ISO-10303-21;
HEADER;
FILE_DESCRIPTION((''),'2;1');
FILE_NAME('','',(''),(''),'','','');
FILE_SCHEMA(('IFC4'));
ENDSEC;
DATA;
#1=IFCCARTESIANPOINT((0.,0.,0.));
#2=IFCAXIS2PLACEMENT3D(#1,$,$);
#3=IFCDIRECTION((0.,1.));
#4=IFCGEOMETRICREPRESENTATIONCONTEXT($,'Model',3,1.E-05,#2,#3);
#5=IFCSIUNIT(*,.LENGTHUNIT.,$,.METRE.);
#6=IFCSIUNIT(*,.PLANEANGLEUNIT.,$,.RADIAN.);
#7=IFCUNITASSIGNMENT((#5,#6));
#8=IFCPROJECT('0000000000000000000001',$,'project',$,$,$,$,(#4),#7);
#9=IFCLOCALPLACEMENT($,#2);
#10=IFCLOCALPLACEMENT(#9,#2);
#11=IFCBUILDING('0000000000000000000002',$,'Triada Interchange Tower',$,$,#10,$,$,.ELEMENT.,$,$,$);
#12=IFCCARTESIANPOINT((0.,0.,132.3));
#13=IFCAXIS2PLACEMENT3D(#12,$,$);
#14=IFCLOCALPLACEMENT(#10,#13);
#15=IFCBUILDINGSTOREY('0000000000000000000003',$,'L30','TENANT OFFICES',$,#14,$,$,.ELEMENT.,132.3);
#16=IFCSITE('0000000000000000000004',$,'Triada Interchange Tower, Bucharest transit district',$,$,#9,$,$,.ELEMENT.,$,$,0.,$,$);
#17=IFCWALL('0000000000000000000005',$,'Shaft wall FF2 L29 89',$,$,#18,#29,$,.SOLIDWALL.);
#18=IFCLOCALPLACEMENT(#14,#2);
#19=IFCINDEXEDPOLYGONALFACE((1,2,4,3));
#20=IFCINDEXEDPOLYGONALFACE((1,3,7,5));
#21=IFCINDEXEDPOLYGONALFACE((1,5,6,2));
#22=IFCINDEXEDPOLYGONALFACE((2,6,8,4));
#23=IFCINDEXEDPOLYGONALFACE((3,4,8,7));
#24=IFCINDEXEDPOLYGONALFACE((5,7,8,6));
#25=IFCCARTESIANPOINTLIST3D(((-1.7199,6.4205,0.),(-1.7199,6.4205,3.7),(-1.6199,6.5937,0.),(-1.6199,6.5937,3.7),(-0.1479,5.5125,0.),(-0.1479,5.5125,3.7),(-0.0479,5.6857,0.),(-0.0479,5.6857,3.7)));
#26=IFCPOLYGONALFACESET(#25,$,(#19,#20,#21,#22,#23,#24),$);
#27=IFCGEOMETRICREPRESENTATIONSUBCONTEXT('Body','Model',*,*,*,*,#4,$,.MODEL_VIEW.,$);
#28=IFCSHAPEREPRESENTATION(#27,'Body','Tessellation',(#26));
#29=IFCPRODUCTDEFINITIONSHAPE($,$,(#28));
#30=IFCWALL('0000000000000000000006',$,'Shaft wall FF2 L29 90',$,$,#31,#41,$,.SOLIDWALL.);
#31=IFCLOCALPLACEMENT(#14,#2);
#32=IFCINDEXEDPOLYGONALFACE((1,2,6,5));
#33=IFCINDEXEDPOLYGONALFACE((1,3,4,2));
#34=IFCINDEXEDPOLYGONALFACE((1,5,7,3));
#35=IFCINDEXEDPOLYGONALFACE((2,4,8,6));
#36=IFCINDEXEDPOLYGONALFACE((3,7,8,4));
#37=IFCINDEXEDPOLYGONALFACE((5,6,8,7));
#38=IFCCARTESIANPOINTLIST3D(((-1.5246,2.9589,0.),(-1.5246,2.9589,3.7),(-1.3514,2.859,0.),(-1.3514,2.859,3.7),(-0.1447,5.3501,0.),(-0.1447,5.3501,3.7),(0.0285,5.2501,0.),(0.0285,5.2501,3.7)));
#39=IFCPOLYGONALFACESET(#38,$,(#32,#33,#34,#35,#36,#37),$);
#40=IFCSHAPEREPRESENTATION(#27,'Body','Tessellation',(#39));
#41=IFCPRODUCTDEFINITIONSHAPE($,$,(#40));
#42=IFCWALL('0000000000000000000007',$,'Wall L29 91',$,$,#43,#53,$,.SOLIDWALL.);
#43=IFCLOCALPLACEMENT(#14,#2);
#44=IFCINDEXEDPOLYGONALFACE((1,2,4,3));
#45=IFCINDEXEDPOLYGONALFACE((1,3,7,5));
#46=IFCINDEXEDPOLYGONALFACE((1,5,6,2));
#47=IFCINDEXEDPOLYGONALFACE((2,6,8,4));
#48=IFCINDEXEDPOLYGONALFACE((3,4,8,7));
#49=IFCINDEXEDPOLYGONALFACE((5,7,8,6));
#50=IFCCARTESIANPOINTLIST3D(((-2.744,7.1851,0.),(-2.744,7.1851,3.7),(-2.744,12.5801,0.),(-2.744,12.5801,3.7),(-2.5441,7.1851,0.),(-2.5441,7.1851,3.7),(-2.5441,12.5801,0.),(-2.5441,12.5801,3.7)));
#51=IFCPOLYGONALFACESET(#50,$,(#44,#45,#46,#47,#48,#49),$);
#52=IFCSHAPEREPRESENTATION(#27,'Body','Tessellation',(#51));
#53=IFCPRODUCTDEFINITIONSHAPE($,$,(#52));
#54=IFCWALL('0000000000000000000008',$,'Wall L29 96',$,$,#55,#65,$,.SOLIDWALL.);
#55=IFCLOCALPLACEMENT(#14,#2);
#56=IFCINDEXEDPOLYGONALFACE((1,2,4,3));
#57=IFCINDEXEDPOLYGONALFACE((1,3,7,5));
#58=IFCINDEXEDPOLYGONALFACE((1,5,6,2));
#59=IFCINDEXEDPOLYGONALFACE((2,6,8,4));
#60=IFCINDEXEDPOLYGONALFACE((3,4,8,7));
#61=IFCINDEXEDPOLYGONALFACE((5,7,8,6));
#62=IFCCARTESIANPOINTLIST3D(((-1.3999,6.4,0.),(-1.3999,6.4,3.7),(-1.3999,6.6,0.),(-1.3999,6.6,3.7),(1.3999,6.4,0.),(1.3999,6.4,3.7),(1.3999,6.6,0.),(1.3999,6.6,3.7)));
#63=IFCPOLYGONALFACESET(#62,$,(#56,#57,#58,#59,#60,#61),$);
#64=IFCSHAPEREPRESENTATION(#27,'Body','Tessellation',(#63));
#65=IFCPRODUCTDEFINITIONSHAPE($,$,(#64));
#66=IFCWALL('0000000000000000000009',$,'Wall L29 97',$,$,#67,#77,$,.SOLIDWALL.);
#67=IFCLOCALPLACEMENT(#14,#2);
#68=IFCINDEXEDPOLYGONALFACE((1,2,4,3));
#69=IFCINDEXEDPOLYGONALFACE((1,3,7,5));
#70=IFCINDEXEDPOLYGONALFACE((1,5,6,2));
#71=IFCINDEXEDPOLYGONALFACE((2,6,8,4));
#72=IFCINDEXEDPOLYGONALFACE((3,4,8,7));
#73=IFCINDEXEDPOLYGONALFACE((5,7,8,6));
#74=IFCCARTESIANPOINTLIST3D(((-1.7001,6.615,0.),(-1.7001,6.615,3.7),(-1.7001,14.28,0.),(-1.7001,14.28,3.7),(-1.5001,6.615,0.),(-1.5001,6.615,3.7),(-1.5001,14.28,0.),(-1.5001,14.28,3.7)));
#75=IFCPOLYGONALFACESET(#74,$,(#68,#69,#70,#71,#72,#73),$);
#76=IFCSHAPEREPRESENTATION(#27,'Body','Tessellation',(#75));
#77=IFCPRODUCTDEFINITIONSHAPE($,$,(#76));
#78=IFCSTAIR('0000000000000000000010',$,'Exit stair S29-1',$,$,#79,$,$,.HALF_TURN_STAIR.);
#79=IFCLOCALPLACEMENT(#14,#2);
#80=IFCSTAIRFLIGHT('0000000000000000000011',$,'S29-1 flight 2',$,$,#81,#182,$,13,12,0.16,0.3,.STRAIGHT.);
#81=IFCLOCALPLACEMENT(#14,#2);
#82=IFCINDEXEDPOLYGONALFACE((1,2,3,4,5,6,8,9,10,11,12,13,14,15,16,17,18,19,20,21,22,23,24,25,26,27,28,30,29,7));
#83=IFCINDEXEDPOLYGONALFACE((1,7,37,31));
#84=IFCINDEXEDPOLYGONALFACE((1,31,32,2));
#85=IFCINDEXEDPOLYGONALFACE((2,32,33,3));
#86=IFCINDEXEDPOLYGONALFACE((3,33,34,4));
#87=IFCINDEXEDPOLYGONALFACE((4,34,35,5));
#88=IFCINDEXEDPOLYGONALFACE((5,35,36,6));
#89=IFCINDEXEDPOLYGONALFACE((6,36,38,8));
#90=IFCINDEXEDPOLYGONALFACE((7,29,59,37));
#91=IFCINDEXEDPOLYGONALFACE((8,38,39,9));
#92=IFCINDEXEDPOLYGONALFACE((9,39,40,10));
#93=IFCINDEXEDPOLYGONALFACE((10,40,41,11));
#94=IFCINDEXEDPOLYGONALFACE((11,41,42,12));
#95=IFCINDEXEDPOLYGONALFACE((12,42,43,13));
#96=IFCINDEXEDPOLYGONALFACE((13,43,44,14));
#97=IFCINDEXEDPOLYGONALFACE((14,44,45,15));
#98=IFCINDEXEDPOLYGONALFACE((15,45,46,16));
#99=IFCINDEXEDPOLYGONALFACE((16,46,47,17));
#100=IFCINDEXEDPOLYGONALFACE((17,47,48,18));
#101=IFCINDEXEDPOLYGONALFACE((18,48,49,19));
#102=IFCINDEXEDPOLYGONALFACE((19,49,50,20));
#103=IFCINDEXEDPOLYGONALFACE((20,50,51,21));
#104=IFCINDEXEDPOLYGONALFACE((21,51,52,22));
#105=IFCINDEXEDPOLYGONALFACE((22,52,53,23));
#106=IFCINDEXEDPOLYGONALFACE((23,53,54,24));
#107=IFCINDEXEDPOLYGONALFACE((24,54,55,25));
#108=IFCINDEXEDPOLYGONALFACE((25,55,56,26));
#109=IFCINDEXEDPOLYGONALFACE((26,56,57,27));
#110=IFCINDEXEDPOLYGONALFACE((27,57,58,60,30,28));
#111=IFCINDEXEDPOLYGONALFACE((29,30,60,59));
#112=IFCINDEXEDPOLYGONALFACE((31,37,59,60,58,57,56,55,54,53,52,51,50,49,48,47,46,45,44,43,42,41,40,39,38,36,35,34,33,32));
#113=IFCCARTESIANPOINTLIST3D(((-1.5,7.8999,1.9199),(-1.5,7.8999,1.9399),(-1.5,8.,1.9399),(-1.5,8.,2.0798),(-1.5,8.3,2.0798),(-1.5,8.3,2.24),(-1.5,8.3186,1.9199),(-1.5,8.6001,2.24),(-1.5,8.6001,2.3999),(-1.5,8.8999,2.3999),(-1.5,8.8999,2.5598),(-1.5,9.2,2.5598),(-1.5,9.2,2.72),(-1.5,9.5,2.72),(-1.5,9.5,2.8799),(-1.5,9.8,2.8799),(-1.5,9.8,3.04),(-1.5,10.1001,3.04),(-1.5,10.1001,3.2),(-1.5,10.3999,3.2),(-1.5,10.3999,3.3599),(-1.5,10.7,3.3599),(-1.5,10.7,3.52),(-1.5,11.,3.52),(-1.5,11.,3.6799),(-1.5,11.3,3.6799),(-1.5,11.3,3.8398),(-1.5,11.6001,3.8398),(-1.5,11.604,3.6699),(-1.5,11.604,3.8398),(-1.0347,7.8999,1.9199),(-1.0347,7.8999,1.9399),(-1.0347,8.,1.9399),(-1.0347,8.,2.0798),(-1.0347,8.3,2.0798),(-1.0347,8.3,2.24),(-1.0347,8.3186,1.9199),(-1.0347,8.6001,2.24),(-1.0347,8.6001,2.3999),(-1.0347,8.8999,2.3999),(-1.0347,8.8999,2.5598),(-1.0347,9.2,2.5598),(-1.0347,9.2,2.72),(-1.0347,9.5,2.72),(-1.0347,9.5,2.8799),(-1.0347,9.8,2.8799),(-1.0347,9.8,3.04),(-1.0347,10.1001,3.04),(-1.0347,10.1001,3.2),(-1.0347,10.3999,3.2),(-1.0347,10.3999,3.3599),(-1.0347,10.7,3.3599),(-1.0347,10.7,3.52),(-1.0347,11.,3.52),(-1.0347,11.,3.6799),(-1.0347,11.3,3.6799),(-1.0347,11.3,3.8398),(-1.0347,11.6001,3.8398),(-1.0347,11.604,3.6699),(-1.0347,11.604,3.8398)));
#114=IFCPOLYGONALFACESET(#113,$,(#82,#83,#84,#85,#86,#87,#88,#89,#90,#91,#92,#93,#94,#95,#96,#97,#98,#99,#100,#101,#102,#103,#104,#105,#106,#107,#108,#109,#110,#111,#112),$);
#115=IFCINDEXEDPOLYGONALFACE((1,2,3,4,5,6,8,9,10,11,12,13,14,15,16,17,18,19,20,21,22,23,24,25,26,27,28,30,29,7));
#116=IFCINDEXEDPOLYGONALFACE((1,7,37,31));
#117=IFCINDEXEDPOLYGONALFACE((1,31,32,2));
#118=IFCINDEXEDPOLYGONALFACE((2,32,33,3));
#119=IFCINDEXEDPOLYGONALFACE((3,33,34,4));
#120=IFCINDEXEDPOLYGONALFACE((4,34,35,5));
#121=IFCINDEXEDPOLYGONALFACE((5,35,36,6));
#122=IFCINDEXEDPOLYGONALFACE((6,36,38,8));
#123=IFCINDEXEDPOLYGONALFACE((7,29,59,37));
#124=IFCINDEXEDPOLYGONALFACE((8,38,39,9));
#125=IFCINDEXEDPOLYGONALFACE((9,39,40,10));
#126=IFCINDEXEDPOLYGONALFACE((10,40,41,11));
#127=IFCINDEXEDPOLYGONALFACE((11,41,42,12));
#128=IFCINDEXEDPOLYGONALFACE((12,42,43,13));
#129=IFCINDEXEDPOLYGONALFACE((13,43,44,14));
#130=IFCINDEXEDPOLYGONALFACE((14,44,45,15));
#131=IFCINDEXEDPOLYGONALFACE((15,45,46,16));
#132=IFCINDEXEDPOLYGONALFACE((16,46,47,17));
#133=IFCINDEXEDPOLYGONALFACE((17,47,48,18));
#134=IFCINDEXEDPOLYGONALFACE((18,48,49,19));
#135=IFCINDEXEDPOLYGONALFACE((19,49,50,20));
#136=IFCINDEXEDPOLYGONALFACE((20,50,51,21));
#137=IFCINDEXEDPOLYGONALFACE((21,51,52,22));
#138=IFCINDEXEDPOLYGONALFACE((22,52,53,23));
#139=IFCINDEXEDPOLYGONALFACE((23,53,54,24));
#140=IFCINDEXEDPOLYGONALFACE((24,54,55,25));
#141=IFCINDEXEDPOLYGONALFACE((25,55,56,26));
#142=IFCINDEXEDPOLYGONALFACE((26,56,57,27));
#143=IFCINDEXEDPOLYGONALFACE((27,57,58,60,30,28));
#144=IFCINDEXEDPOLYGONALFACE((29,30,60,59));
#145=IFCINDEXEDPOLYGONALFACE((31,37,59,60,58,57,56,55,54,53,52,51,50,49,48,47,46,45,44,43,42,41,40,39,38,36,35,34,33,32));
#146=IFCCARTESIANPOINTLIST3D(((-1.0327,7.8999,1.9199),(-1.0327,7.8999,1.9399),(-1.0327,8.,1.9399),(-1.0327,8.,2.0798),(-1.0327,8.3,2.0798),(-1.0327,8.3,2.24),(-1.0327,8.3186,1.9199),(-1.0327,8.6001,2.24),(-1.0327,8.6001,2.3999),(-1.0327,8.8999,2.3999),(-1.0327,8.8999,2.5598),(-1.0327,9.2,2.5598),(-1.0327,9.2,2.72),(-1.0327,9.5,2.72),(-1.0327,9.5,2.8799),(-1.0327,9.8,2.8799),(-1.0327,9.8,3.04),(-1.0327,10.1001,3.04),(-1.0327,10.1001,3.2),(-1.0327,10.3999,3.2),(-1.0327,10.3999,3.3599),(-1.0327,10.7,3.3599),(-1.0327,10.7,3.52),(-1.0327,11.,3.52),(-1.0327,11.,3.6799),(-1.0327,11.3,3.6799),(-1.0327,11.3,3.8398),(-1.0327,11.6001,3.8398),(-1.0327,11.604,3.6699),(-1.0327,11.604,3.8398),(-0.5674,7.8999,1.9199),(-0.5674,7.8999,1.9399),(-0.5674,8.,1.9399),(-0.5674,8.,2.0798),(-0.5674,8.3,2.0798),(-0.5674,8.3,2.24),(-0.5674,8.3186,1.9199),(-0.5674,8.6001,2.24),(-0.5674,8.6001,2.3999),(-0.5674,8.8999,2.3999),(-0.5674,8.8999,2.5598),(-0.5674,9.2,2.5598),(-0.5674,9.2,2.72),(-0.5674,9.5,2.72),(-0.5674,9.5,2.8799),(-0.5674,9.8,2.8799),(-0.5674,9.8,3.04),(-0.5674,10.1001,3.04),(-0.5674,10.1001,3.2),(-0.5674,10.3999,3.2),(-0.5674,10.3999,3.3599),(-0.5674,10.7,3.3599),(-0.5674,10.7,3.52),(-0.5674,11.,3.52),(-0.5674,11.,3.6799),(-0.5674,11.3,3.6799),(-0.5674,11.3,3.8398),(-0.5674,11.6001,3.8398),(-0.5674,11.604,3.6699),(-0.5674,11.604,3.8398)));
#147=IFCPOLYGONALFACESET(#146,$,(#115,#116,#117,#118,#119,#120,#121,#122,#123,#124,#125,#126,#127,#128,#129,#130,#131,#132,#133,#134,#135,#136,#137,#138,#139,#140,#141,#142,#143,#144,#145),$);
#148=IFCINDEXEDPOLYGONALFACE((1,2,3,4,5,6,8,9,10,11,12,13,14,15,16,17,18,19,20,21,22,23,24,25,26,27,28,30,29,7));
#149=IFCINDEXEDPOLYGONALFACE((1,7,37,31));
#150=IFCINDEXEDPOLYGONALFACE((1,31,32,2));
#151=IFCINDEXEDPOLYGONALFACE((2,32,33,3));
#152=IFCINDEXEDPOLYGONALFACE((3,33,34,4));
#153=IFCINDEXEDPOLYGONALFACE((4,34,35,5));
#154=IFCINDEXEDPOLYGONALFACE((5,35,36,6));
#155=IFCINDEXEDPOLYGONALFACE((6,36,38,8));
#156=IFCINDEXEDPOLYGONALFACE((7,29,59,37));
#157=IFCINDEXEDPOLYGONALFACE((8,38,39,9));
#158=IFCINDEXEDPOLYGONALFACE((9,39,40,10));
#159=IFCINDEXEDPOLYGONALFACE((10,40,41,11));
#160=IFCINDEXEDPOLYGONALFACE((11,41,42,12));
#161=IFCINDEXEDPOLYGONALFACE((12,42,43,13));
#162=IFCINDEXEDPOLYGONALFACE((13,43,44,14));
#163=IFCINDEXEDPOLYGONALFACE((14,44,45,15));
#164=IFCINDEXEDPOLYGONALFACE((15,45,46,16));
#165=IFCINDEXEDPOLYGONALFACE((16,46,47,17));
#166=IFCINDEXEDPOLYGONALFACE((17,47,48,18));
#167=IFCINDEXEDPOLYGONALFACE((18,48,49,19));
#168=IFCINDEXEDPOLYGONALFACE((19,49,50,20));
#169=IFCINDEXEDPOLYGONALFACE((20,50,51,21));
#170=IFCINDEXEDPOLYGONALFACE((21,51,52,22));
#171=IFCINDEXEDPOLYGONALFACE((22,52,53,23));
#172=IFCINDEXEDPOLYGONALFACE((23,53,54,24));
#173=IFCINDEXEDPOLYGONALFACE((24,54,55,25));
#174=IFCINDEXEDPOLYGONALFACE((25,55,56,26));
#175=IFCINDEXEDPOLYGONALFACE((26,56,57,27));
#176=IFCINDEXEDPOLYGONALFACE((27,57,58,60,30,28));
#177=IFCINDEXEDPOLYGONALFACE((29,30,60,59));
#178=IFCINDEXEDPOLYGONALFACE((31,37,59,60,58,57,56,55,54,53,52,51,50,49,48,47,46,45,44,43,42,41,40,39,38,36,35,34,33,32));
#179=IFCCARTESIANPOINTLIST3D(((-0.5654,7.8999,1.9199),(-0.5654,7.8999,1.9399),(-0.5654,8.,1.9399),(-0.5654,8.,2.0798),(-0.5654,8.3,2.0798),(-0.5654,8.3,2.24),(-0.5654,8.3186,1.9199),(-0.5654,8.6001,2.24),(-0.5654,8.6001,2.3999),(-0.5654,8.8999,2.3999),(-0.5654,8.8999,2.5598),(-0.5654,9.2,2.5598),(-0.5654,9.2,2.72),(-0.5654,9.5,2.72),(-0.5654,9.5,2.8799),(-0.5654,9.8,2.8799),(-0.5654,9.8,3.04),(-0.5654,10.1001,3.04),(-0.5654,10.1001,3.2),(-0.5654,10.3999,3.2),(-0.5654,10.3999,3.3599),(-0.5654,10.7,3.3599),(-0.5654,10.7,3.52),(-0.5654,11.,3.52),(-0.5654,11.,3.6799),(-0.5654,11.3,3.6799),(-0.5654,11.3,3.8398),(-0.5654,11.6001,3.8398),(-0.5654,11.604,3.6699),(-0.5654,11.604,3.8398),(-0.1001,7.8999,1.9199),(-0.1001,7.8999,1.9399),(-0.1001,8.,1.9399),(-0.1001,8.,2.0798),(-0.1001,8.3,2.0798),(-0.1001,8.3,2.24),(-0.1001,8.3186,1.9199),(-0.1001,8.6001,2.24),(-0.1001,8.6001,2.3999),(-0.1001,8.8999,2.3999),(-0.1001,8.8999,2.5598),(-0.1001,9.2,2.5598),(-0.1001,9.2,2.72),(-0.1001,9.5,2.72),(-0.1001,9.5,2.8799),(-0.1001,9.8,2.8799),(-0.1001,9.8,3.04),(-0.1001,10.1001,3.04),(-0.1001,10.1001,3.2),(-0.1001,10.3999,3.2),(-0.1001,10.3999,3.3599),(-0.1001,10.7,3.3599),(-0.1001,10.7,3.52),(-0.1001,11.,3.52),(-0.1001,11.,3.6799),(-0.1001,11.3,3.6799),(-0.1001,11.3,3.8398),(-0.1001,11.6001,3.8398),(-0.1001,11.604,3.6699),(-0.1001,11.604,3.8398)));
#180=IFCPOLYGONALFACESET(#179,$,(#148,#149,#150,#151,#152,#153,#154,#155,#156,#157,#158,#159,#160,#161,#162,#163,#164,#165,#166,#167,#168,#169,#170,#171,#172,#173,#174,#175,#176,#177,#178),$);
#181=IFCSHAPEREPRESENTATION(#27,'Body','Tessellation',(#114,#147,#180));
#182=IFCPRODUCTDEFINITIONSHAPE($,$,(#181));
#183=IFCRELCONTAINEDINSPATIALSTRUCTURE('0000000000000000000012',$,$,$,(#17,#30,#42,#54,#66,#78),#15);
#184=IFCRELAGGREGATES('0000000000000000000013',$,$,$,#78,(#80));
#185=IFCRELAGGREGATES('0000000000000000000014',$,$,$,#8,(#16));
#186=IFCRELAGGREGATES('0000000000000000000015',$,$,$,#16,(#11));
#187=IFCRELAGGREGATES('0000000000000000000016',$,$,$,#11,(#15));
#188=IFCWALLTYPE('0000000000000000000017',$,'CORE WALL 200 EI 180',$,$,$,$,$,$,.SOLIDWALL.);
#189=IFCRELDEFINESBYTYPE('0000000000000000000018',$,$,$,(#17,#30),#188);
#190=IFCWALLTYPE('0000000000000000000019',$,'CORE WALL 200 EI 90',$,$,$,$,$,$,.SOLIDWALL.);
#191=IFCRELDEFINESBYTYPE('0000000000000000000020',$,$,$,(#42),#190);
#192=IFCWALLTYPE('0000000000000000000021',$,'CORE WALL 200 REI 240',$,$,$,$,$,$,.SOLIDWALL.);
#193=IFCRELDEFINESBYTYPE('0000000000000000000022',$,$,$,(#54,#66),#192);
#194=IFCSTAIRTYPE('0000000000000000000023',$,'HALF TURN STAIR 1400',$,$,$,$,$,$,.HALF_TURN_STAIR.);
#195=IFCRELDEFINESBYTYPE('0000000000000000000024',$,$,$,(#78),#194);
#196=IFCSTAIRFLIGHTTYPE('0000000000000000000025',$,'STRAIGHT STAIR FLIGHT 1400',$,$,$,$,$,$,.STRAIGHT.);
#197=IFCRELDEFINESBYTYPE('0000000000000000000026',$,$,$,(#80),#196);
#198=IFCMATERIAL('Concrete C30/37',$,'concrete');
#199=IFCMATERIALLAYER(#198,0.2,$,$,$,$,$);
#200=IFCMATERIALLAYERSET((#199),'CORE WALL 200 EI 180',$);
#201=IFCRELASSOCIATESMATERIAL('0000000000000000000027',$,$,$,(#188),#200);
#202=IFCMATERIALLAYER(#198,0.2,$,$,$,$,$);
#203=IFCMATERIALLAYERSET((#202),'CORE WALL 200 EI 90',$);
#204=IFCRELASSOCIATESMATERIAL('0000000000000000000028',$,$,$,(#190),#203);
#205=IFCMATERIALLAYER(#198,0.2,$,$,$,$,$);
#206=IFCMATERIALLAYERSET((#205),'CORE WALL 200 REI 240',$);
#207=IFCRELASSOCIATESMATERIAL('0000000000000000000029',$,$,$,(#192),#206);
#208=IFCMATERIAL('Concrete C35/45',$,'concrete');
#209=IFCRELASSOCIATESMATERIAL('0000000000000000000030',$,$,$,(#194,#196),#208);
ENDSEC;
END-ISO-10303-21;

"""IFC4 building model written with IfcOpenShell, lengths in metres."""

from ifc_helpers import new_model, si_unit, direction, frame, frame_2d, origin, place, context, subcontext, project, spatial, polyline, rectangle, outline, extrude, material, layer, layer_set, type_object, element, aggregate, save


model = new_model("IFC4")

# Units and contexts
model_context = context("Model", 3, precision=1e-05, world=origin(), true_north=direction((0.0, 1.0)))
body_context = subcontext(model_context, "Body", "Model", "MODEL_VIEW")
ifc_project = project(units=[si_unit("LENGTHUNIT", "METRE"), si_unit("PLANEANGLEUNIT", "RADIAN")], contexts=[model_context])

# Site, building, storey
site_placement = place(None, origin())
site = spatial("IfcSite", under=ifc_project, at=site_placement, Name="Triada Interchange Tower, Bucharest transit district", CompositionType="ELEMENT", RefElevation=0.0)
building_placement = place(site_placement, origin())
building = spatial("IfcBuilding", under=site, at=building_placement, Name="Triada Interchange Tower", CompositionType="ELEMENT")
storey_placement = place(building_placement, frame((0.0, 0.0, 132.3)))
storey = spatial("IfcBuildingStorey", under=building, at=storey_placement, Name="L30", Description="TENANT OFFICES", CompositionType="ELEMENT", Elevation=132.3)

# Shared definitions
ifc_material_1 = material(Name="Concrete C30/37", Category="concrete")
ifc_layer_1 = layer(ifc_material_1, 0.2)
ifc_layer_set_1 = layer_set([ifc_layer_1], Name="CORE WALL 200 EI 180")
wall_type_1 = type_object("IfcWallType", Name="CORE WALL 200 EI 180", PredefinedType="SOLIDWALL", material=ifc_layer_set_1)

# Walls
wall_1_placement = place(storey_placement, frame((-1.6699, 6.5071, 0.0), z_axis=(0.0, 0.0, 1.0), x_axis=(0.865941, -0.500145, 0.0)))
element("IfcWall", 1, at=wall_1_placement, inside=storey, type_object=wall_type_1, Name="Shaft wall FF2 L29 89", PredefinedType="SOLIDWALL", context=body_context, shape_type="SweptSolid", body=[
    extrude(rectangle(XDim=1.8154, YDim=0.2, at=frame_2d((0.9077, 0.0))), origin(), (0.0, 0.0, 1.0), 3.7),
])
wall_2_placement = place(storey_placement, frame((-1.438, 2.9089, 0.0), z_axis=(0.0, 0.0, 1.0), x_axis=(0.49983, 0.866124, 0.0)))
element("IfcWall", 2, at=wall_2_placement, inside=storey, type_object=wall_type_1, Name="Shaft wall FF2 L29 90", PredefinedType="SOLIDWALL", context=body_context, shape_type="SweptSolid", body=[
    extrude(rectangle(XDim=2.7607, YDim=0.2, at=frame_2d((1.3804, 0.0))), origin(), (0.0, 0.0, 1.0), 3.7),
])
ifc_layer_2 = layer(ifc_material_1, 0.2)
ifc_layer_set_2 = layer_set([ifc_layer_2], Name="CORE WALL 200 EI 90")
wall_type_2 = type_object("IfcWallType", Name="CORE WALL 200 EI 90", PredefinedType="SOLIDWALL", material=ifc_layer_set_2)
wall_3_placement = place(storey_placement, frame((-2.644, 7.1851, 0.0), z_axis=(0.0, 0.0, 1.0), x_axis=(0.0, 1.0, 0.0)))
element("IfcWall", 3, at=wall_3_placement, inside=storey, type_object=wall_type_2, Name="Wall L29 91", PredefinedType="SOLIDWALL", context=body_context, shape_type="SweptSolid", body=[
    extrude(rectangle(XDim=5.395, YDim=0.2, at=frame_2d((2.6975, 0.0))), origin(), (0.0, 0.0, 1.0), 3.7),
])
ifc_layer_3 = layer(ifc_material_1, 0.2)
ifc_layer_set_3 = layer_set([ifc_layer_3], Name="CORE WALL 200 REI 240")
wall_type_3 = type_object("IfcWallType", Name="CORE WALL 200 REI 240", PredefinedType="SOLIDWALL", material=ifc_layer_set_3)
wall_4_placement = place(storey_placement, frame((-1.3999, 6.5, 0.0), z_axis=(0.0, 0.0, 1.0), x_axis=(1.0, 0.0, 0.0)))
element("IfcWall", 4, at=wall_4_placement, inside=storey, type_object=wall_type_3, Name="Wall L29 96", PredefinedType="SOLIDWALL", context=body_context, shape_type="SweptSolid", body=[
    extrude(rectangle(XDim=2.7998, YDim=0.2, at=frame_2d((1.3999, 0.0))), origin(), (0.0, 0.0, 1.0), 3.7),
])
wall_5_placement = place(storey_placement, frame((-1.6001, 6.615, 0.0), z_axis=(0.0, 0.0, 1.0), x_axis=(0.0, 1.0, 0.0)))
element("IfcWall", 5, at=wall_5_placement, inside=storey, type_object=wall_type_3, Name="Wall L29 97", PredefinedType="SOLIDWALL", context=body_context, shape_type="SweptSolid", body=[
    extrude(rectangle(XDim=7.665, YDim=0.2, at=frame_2d((3.8325, 0.0))), origin(), (0.0, 0.0, 1.0), 3.7),
])

# Stair, stair flight
ifc_material_2 = material(Name="Concrete C35/45", Category="concrete")
stair_type = type_object("IfcStairType", Name="HALF TURN STAIR 1400", PredefinedType="HALF_TURN_STAIR", material=ifc_material_2)
stair_placement = place(storey_placement, origin())
stair = element("IfcStair", 6, at=stair_placement, inside=storey, type_object=stair_type, Name="Exit stair S29-1", PredefinedType="HALF_TURN_STAIR")
stair_flight_type = type_object("IfcStairFlightType", Name="STRAIGHT STAIR FLIGHT 1400", PredefinedType="STRAIGHT", material=ifc_material_2)
stair_flight_placement = place(storey_placement, frame((-0.8, 8.0, 1.9199), z_axis=(0.0, 0.0, 1.0), x_axis=(0.0, 1.0, 0.0)))
stair_flight = element("IfcStairFlight", 7, at=stair_flight_placement, type_object=stair_flight_type, Name="S29-1 flight 2", NumberOfRisers=13, NumberOfTreads=12, PredefinedType="STRAIGHT", RiserHeight=0.16, TreadLength=0.3, context=body_context, shape_type="SweptSolid", body=[
    extrude(outline(polyline([(-0.1001, 0.0), (-0.1001, 0.02), (0.0, 0.02), (0.0, 0.1599), (0.3, 0.1599), (0.3, 0.3201), (0.6001, 0.3201), (0.6001, 0.48), (0.8999, 0.48), (0.8999, 0.6399), (1.2, 0.6399), (1.2, 0.8), (1.5, 0.8), (1.5, 0.96), (1.8, 0.96), (1.8, 1.1201), (2.1001, 1.1201), (2.1001, 1.28), (2.3999, 1.28), (2.3999, 1.4399), (2.7, 1.4399), (2.7, 1.6001), (3.0, 1.6001), (3.0, 1.76), (3.3, 1.76), (3.3, 1.9199), (3.6001, 1.9199), (3.604, 1.9199), (3.604, 2.0801), (3.604, 1.75), (0.3186, 0.0), (-0.1001, 0.0)])), frame((0.0, 0.7, 0.0), z_axis=(0.0, -1.0, 0.0), x_axis=(1.0, 0.0, 0.0)), (0.0, 0.0, 1.0), 0.4653),
    extrude(outline(polyline([(-0.1001, 0.0), (-0.1001, 0.02), (0.0, 0.02), (0.0, 0.1599), (0.3, 0.1599), (0.3, 0.3201), (0.6001, 0.3201), (0.6001, 0.48), (0.8999, 0.48), (0.8999, 0.6399), (1.2, 0.6399), (1.2, 0.8), (1.5, 0.8), (1.5, 0.96), (1.8, 0.96), (1.8, 1.1201), (2.1001, 1.1201), (2.1001, 1.28), (2.3999, 1.28), (2.3999, 1.4399), (2.7, 1.4399), (2.7, 1.6001), (3.0, 1.6001), (3.0, 1.76), (3.3, 1.76), (3.3, 1.9199), (3.6001, 1.9199), (3.604, 1.9199), (3.604, 2.0801), (3.604, 1.75), (0.3186, 0.0), (-0.1001, 0.0)])), frame((0.0, 0.2327, 0.0), z_axis=(0.0, -1.0, 0.0), x_axis=(1.0, 0.0, 0.0)), (0.0, 0.0, 1.0), 0.4653),
    extrude(outline(polyline([(-0.1001, 0.0), (-0.1001, 0.02), (0.0, 0.02), (0.0, 0.1599), (0.3, 0.1599), (0.3, 0.3201), (0.6001, 0.3201), (0.6001, 0.48), (0.8999, 0.48), (0.8999, 0.6399), (1.2, 0.6399), (1.2, 0.8), (1.5, 0.8), (1.5, 0.96), (1.8, 0.96), (1.8, 1.1201), (2.1001, 1.1201), (2.1001, 1.28), (2.3999, 1.28), (2.3999, 1.4399), (2.7, 1.4399), (2.7, 1.6001), (3.0, 1.6001), (3.0, 1.76), (3.3, 1.76), (3.3, 1.9199), (3.6001, 1.9199), (3.604, 1.9199), (3.604, 2.0801), (3.604, 1.75), (0.3186, 0.0), (-0.1001, 0.0)])), frame((0.0, -0.2346, 0.0), z_axis=(0.0, -1.0, 0.0), x_axis=(1.0, 0.0, 0.0)), (0.0, 0.0, 1.0), 0.4653),
])
aggregate(stair, [stair_flight])

save(model, "model.ifc")
